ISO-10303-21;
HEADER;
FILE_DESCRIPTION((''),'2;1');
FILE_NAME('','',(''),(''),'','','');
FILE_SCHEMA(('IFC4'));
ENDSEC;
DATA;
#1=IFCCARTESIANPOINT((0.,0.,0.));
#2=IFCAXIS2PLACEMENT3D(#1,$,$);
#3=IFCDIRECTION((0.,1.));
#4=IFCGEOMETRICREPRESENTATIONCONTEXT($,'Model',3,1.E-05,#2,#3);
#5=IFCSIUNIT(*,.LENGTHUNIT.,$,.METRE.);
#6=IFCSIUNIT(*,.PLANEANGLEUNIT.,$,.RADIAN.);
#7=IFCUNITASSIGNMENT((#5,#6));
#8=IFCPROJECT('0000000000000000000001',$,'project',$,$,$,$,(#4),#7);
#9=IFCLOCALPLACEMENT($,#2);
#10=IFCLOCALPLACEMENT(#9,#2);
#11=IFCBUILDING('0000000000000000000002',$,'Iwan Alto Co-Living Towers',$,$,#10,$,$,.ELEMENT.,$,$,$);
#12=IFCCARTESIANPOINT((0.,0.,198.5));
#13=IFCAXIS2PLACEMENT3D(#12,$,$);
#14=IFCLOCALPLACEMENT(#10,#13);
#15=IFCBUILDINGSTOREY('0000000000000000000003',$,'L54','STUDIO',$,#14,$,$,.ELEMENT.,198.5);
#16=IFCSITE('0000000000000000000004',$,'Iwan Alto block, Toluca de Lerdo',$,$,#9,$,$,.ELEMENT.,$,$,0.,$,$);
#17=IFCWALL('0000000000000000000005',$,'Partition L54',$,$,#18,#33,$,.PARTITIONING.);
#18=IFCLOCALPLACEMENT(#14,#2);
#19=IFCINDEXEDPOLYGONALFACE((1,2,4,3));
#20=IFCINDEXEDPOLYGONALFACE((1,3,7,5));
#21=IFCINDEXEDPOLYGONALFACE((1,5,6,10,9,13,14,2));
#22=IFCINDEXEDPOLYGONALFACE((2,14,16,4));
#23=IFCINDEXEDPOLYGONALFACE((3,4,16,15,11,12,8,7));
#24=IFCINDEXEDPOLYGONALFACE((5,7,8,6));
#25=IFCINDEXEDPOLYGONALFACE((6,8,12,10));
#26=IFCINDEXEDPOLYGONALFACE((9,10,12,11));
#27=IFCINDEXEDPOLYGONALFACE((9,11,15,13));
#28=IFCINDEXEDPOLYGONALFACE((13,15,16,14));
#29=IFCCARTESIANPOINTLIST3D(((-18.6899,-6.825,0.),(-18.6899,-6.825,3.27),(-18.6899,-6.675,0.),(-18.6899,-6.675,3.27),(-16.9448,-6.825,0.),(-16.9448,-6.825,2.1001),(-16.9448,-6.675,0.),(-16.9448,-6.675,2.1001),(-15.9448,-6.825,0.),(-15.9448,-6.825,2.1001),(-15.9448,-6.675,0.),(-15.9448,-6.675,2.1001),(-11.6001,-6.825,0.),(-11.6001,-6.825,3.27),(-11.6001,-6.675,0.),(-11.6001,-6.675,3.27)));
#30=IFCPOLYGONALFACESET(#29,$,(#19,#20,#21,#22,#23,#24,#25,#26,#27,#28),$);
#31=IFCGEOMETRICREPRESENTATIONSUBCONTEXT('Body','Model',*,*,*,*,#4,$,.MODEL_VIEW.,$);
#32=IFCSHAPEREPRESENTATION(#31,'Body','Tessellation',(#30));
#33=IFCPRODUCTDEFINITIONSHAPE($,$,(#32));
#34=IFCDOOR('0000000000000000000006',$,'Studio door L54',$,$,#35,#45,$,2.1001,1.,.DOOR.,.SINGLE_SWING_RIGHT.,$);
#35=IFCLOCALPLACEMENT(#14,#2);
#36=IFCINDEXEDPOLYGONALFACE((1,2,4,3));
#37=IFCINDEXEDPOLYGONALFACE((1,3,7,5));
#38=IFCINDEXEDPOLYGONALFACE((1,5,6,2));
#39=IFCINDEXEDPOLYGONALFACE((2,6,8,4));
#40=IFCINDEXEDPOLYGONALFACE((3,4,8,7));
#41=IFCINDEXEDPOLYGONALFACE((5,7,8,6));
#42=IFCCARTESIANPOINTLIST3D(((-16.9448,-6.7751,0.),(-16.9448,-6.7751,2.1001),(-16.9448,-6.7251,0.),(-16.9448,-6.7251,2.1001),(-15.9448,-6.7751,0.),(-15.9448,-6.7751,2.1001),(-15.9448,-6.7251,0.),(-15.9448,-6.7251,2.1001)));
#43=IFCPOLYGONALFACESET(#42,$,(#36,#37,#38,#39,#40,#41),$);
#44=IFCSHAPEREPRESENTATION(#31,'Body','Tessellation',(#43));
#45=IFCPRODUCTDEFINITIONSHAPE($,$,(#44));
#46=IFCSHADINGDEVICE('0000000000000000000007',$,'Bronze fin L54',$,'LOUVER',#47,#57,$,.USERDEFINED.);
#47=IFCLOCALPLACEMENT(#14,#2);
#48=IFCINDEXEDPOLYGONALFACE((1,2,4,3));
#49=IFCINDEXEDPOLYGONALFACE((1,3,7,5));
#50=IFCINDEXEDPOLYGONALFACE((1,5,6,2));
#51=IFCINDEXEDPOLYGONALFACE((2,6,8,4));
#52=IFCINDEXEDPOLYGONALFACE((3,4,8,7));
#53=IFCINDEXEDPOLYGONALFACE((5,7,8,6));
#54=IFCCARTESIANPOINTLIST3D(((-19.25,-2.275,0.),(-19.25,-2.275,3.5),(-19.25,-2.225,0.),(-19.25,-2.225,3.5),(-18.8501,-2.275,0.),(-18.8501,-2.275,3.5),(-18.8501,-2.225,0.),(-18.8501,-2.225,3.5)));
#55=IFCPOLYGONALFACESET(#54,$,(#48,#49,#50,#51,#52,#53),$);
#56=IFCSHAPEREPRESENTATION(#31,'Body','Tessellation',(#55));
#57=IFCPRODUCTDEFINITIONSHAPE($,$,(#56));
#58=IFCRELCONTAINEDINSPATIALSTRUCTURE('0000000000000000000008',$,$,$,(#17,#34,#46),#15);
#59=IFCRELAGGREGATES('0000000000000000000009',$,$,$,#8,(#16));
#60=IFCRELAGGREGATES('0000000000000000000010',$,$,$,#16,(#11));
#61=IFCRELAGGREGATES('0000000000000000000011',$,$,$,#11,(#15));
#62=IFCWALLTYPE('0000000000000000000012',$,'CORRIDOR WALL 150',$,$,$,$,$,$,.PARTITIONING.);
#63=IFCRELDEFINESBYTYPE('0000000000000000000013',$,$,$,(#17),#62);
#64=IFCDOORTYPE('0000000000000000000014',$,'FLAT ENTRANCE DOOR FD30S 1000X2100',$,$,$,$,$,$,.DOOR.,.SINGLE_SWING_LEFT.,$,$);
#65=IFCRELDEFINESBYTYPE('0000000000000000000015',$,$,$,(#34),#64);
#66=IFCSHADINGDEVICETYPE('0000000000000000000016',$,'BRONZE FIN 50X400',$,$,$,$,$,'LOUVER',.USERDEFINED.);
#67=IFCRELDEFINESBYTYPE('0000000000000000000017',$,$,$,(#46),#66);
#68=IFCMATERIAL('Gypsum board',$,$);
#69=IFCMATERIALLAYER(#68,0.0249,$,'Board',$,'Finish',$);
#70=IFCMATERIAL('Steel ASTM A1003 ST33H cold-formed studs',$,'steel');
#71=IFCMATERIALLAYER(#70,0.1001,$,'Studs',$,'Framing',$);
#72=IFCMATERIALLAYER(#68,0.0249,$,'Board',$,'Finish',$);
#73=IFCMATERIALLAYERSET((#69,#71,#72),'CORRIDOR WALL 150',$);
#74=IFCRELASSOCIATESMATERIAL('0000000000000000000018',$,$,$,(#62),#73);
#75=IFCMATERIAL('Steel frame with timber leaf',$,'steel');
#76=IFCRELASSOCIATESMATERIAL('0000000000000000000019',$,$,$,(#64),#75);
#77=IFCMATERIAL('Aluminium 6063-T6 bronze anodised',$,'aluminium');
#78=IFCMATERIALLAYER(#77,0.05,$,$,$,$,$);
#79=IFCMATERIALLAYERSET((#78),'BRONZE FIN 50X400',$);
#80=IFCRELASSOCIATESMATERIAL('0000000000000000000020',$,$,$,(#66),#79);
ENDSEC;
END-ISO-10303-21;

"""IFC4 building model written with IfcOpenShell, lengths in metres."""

from ifc_helpers import new_model, si_unit, direction, frame, frame_2d, origin, origin_2d, place, context, subcontext, project, spatial, rectangle, extrude, material, layer, layer_set, type_object, element, fill, save


model = new_model("IFC4")

# Units and contexts
model_context = context("Model", 3, precision=1e-05, world=origin(), true_north=direction((0.0, 1.0)))
body_context = subcontext(model_context, "Body", "Model", "MODEL_VIEW")
ifc_project = project(units=[si_unit("LENGTHUNIT", "METRE"), si_unit("PLANEANGLEUNIT", "RADIAN")], contexts=[model_context])

# Site, building, storey
site_placement = place(None, origin())
site = spatial("IfcSite", under=ifc_project, at=site_placement, Name="Iwan Alto block, Toluca de Lerdo", CompositionType="ELEMENT", RefElevation=0.0)
building_placement = place(site_placement, origin())
building = spatial("IfcBuilding", under=site, at=building_placement, Name="Iwan Alto Co-Living Towers", CompositionType="ELEMENT")
storey_placement = place(building_placement, frame((0.0, 0.0, 198.5)))
storey = spatial("IfcBuildingStorey", under=building, at=storey_placement, Name="L54", Description="STUDIO", CompositionType="ELEMENT", Elevation=198.5)

# Wall, opening, door
ifc_material_1 = material(Name="Gypsum board")
ifc_layer_1 = layer(ifc_material_1, 0.0249, Name="Board", Category="Finish")
ifc_material_2 = material(Name="Steel ASTM A1003 ST33H cold-formed studs", Category="steel")
ifc_layer_2 = layer(ifc_material_2, 0.1001, Name="Studs", Category="Framing")
ifc_layer_3 = layer(ifc_material_1, 0.0249, Name="Board", Category="Finish")
ifc_layer_set_1 = layer_set([ifc_layer_1, ifc_layer_2, ifc_layer_3], Name="CORRIDOR WALL 150")
wall_type = type_object("IfcWallType", Name="CORRIDOR WALL 150", PredefinedType="PARTITIONING", material=ifc_layer_set_1)
wall_1_placement = place(storey_placement, frame((-18.6899, -6.75, 0.0), z_axis=(0.0, 0.0, 1.0), x_axis=(1.0, 0.0, 0.0)))
wall_1 = element("IfcWall", 1, at=wall_1_placement, inside=storey, type_object=wall_type, Name="Partition L54", PredefinedType="PARTITIONING", context=body_context, shape_type="SweptSolid", body=[
    extrude(rectangle(XDim=7.0898, YDim=0.1499, at=frame_2d((3.5449, 0.0))), origin(), (0.0, 0.0, 1.0), 3.27),
])
opening_1_placement = place(wall_1_placement, frame((1.7451, 0.0, 0.0)))
opening_1 = element("IfcOpeningElement", 2, at=opening_1_placement, cuts=wall_1, PredefinedType="OPENING", context=body_context, shape_type="SweptSolid", body=[
    extrude(rectangle(XDim=1.0, YDim=2.1001, at=frame_2d((0.5, 1.05))), frame((0.0, 0.085, 0.0), z_axis=(0.0, -1.0, 0.0), x_axis=(1.0, 0.0, 0.0)), (0.0, 0.0, 1.0), 0.1699),
])
ifc_material_3 = material(Name="Steel frame with timber leaf", Category="steel")
door_type_1 = type_object("IfcDoorType", Name="FLAT ENTRANCE DOOR FD30S 1000X2100", OperationType="SINGLE_SWING_LEFT", PredefinedType="DOOR", material=ifc_material_3)
door_1_placement = place(opening_1_placement, origin())
door_1 = element("IfcDoor", 3, at=door_1_placement, inside=storey, type_object=door_type_1, Name="Studio door L54", OperationType="SINGLE_SWING_RIGHT", OverallHeight=2.1001, OverallWidth=1.0, PredefinedType="DOOR", context=body_context, shape_type="SweptSolid", body=[
    extrude(rectangle(XDim=1.0, YDim=2.1001, at=frame_2d((0.5, 1.05))), frame((0.0, 0.0249, 0.0), z_axis=(0.0, -1.0, 0.0), x_axis=(1.0, 0.0, 0.0)), (0.0, 0.0, 1.0), 0.05),
])
fill(opening_1, door_1)

# Shading device
ifc_material_4 = material(Name="Aluminium 6063-T6 bronze anodised", Category="aluminium")
ifc_layer_4 = layer(ifc_material_4, 0.05)
ifc_layer_set_2 = layer_set([ifc_layer_4], Name="BRONZE FIN 50X400")
shading_device_type = type_object("IfcShadingDeviceType", Name="BRONZE FIN 50X400", ElementType="LOUVER", PredefinedType="USERDEFINED", material=ifc_layer_set_2)
shading_device_placement = place(storey_placement, frame((-19.05, -2.25, 0.0), z_axis=(0.0, 0.0, 1.0), x_axis=(0.0, -1.0, 0.0)))
element("IfcShadingDevice", 4, at=shading_device_placement, inside=storey, type_object=shading_device_type, Name="Bronze fin L54", ObjectType="LOUVER", PredefinedType="USERDEFINED", context=body_context, shape_type="SweptSolid", body=[
    extrude(rectangle(XDim=0.05, YDim=0.3999, at=origin_2d()), origin(), (0.0, 0.0, 1.0), 3.5),
])

save(model, "model.ifc")
